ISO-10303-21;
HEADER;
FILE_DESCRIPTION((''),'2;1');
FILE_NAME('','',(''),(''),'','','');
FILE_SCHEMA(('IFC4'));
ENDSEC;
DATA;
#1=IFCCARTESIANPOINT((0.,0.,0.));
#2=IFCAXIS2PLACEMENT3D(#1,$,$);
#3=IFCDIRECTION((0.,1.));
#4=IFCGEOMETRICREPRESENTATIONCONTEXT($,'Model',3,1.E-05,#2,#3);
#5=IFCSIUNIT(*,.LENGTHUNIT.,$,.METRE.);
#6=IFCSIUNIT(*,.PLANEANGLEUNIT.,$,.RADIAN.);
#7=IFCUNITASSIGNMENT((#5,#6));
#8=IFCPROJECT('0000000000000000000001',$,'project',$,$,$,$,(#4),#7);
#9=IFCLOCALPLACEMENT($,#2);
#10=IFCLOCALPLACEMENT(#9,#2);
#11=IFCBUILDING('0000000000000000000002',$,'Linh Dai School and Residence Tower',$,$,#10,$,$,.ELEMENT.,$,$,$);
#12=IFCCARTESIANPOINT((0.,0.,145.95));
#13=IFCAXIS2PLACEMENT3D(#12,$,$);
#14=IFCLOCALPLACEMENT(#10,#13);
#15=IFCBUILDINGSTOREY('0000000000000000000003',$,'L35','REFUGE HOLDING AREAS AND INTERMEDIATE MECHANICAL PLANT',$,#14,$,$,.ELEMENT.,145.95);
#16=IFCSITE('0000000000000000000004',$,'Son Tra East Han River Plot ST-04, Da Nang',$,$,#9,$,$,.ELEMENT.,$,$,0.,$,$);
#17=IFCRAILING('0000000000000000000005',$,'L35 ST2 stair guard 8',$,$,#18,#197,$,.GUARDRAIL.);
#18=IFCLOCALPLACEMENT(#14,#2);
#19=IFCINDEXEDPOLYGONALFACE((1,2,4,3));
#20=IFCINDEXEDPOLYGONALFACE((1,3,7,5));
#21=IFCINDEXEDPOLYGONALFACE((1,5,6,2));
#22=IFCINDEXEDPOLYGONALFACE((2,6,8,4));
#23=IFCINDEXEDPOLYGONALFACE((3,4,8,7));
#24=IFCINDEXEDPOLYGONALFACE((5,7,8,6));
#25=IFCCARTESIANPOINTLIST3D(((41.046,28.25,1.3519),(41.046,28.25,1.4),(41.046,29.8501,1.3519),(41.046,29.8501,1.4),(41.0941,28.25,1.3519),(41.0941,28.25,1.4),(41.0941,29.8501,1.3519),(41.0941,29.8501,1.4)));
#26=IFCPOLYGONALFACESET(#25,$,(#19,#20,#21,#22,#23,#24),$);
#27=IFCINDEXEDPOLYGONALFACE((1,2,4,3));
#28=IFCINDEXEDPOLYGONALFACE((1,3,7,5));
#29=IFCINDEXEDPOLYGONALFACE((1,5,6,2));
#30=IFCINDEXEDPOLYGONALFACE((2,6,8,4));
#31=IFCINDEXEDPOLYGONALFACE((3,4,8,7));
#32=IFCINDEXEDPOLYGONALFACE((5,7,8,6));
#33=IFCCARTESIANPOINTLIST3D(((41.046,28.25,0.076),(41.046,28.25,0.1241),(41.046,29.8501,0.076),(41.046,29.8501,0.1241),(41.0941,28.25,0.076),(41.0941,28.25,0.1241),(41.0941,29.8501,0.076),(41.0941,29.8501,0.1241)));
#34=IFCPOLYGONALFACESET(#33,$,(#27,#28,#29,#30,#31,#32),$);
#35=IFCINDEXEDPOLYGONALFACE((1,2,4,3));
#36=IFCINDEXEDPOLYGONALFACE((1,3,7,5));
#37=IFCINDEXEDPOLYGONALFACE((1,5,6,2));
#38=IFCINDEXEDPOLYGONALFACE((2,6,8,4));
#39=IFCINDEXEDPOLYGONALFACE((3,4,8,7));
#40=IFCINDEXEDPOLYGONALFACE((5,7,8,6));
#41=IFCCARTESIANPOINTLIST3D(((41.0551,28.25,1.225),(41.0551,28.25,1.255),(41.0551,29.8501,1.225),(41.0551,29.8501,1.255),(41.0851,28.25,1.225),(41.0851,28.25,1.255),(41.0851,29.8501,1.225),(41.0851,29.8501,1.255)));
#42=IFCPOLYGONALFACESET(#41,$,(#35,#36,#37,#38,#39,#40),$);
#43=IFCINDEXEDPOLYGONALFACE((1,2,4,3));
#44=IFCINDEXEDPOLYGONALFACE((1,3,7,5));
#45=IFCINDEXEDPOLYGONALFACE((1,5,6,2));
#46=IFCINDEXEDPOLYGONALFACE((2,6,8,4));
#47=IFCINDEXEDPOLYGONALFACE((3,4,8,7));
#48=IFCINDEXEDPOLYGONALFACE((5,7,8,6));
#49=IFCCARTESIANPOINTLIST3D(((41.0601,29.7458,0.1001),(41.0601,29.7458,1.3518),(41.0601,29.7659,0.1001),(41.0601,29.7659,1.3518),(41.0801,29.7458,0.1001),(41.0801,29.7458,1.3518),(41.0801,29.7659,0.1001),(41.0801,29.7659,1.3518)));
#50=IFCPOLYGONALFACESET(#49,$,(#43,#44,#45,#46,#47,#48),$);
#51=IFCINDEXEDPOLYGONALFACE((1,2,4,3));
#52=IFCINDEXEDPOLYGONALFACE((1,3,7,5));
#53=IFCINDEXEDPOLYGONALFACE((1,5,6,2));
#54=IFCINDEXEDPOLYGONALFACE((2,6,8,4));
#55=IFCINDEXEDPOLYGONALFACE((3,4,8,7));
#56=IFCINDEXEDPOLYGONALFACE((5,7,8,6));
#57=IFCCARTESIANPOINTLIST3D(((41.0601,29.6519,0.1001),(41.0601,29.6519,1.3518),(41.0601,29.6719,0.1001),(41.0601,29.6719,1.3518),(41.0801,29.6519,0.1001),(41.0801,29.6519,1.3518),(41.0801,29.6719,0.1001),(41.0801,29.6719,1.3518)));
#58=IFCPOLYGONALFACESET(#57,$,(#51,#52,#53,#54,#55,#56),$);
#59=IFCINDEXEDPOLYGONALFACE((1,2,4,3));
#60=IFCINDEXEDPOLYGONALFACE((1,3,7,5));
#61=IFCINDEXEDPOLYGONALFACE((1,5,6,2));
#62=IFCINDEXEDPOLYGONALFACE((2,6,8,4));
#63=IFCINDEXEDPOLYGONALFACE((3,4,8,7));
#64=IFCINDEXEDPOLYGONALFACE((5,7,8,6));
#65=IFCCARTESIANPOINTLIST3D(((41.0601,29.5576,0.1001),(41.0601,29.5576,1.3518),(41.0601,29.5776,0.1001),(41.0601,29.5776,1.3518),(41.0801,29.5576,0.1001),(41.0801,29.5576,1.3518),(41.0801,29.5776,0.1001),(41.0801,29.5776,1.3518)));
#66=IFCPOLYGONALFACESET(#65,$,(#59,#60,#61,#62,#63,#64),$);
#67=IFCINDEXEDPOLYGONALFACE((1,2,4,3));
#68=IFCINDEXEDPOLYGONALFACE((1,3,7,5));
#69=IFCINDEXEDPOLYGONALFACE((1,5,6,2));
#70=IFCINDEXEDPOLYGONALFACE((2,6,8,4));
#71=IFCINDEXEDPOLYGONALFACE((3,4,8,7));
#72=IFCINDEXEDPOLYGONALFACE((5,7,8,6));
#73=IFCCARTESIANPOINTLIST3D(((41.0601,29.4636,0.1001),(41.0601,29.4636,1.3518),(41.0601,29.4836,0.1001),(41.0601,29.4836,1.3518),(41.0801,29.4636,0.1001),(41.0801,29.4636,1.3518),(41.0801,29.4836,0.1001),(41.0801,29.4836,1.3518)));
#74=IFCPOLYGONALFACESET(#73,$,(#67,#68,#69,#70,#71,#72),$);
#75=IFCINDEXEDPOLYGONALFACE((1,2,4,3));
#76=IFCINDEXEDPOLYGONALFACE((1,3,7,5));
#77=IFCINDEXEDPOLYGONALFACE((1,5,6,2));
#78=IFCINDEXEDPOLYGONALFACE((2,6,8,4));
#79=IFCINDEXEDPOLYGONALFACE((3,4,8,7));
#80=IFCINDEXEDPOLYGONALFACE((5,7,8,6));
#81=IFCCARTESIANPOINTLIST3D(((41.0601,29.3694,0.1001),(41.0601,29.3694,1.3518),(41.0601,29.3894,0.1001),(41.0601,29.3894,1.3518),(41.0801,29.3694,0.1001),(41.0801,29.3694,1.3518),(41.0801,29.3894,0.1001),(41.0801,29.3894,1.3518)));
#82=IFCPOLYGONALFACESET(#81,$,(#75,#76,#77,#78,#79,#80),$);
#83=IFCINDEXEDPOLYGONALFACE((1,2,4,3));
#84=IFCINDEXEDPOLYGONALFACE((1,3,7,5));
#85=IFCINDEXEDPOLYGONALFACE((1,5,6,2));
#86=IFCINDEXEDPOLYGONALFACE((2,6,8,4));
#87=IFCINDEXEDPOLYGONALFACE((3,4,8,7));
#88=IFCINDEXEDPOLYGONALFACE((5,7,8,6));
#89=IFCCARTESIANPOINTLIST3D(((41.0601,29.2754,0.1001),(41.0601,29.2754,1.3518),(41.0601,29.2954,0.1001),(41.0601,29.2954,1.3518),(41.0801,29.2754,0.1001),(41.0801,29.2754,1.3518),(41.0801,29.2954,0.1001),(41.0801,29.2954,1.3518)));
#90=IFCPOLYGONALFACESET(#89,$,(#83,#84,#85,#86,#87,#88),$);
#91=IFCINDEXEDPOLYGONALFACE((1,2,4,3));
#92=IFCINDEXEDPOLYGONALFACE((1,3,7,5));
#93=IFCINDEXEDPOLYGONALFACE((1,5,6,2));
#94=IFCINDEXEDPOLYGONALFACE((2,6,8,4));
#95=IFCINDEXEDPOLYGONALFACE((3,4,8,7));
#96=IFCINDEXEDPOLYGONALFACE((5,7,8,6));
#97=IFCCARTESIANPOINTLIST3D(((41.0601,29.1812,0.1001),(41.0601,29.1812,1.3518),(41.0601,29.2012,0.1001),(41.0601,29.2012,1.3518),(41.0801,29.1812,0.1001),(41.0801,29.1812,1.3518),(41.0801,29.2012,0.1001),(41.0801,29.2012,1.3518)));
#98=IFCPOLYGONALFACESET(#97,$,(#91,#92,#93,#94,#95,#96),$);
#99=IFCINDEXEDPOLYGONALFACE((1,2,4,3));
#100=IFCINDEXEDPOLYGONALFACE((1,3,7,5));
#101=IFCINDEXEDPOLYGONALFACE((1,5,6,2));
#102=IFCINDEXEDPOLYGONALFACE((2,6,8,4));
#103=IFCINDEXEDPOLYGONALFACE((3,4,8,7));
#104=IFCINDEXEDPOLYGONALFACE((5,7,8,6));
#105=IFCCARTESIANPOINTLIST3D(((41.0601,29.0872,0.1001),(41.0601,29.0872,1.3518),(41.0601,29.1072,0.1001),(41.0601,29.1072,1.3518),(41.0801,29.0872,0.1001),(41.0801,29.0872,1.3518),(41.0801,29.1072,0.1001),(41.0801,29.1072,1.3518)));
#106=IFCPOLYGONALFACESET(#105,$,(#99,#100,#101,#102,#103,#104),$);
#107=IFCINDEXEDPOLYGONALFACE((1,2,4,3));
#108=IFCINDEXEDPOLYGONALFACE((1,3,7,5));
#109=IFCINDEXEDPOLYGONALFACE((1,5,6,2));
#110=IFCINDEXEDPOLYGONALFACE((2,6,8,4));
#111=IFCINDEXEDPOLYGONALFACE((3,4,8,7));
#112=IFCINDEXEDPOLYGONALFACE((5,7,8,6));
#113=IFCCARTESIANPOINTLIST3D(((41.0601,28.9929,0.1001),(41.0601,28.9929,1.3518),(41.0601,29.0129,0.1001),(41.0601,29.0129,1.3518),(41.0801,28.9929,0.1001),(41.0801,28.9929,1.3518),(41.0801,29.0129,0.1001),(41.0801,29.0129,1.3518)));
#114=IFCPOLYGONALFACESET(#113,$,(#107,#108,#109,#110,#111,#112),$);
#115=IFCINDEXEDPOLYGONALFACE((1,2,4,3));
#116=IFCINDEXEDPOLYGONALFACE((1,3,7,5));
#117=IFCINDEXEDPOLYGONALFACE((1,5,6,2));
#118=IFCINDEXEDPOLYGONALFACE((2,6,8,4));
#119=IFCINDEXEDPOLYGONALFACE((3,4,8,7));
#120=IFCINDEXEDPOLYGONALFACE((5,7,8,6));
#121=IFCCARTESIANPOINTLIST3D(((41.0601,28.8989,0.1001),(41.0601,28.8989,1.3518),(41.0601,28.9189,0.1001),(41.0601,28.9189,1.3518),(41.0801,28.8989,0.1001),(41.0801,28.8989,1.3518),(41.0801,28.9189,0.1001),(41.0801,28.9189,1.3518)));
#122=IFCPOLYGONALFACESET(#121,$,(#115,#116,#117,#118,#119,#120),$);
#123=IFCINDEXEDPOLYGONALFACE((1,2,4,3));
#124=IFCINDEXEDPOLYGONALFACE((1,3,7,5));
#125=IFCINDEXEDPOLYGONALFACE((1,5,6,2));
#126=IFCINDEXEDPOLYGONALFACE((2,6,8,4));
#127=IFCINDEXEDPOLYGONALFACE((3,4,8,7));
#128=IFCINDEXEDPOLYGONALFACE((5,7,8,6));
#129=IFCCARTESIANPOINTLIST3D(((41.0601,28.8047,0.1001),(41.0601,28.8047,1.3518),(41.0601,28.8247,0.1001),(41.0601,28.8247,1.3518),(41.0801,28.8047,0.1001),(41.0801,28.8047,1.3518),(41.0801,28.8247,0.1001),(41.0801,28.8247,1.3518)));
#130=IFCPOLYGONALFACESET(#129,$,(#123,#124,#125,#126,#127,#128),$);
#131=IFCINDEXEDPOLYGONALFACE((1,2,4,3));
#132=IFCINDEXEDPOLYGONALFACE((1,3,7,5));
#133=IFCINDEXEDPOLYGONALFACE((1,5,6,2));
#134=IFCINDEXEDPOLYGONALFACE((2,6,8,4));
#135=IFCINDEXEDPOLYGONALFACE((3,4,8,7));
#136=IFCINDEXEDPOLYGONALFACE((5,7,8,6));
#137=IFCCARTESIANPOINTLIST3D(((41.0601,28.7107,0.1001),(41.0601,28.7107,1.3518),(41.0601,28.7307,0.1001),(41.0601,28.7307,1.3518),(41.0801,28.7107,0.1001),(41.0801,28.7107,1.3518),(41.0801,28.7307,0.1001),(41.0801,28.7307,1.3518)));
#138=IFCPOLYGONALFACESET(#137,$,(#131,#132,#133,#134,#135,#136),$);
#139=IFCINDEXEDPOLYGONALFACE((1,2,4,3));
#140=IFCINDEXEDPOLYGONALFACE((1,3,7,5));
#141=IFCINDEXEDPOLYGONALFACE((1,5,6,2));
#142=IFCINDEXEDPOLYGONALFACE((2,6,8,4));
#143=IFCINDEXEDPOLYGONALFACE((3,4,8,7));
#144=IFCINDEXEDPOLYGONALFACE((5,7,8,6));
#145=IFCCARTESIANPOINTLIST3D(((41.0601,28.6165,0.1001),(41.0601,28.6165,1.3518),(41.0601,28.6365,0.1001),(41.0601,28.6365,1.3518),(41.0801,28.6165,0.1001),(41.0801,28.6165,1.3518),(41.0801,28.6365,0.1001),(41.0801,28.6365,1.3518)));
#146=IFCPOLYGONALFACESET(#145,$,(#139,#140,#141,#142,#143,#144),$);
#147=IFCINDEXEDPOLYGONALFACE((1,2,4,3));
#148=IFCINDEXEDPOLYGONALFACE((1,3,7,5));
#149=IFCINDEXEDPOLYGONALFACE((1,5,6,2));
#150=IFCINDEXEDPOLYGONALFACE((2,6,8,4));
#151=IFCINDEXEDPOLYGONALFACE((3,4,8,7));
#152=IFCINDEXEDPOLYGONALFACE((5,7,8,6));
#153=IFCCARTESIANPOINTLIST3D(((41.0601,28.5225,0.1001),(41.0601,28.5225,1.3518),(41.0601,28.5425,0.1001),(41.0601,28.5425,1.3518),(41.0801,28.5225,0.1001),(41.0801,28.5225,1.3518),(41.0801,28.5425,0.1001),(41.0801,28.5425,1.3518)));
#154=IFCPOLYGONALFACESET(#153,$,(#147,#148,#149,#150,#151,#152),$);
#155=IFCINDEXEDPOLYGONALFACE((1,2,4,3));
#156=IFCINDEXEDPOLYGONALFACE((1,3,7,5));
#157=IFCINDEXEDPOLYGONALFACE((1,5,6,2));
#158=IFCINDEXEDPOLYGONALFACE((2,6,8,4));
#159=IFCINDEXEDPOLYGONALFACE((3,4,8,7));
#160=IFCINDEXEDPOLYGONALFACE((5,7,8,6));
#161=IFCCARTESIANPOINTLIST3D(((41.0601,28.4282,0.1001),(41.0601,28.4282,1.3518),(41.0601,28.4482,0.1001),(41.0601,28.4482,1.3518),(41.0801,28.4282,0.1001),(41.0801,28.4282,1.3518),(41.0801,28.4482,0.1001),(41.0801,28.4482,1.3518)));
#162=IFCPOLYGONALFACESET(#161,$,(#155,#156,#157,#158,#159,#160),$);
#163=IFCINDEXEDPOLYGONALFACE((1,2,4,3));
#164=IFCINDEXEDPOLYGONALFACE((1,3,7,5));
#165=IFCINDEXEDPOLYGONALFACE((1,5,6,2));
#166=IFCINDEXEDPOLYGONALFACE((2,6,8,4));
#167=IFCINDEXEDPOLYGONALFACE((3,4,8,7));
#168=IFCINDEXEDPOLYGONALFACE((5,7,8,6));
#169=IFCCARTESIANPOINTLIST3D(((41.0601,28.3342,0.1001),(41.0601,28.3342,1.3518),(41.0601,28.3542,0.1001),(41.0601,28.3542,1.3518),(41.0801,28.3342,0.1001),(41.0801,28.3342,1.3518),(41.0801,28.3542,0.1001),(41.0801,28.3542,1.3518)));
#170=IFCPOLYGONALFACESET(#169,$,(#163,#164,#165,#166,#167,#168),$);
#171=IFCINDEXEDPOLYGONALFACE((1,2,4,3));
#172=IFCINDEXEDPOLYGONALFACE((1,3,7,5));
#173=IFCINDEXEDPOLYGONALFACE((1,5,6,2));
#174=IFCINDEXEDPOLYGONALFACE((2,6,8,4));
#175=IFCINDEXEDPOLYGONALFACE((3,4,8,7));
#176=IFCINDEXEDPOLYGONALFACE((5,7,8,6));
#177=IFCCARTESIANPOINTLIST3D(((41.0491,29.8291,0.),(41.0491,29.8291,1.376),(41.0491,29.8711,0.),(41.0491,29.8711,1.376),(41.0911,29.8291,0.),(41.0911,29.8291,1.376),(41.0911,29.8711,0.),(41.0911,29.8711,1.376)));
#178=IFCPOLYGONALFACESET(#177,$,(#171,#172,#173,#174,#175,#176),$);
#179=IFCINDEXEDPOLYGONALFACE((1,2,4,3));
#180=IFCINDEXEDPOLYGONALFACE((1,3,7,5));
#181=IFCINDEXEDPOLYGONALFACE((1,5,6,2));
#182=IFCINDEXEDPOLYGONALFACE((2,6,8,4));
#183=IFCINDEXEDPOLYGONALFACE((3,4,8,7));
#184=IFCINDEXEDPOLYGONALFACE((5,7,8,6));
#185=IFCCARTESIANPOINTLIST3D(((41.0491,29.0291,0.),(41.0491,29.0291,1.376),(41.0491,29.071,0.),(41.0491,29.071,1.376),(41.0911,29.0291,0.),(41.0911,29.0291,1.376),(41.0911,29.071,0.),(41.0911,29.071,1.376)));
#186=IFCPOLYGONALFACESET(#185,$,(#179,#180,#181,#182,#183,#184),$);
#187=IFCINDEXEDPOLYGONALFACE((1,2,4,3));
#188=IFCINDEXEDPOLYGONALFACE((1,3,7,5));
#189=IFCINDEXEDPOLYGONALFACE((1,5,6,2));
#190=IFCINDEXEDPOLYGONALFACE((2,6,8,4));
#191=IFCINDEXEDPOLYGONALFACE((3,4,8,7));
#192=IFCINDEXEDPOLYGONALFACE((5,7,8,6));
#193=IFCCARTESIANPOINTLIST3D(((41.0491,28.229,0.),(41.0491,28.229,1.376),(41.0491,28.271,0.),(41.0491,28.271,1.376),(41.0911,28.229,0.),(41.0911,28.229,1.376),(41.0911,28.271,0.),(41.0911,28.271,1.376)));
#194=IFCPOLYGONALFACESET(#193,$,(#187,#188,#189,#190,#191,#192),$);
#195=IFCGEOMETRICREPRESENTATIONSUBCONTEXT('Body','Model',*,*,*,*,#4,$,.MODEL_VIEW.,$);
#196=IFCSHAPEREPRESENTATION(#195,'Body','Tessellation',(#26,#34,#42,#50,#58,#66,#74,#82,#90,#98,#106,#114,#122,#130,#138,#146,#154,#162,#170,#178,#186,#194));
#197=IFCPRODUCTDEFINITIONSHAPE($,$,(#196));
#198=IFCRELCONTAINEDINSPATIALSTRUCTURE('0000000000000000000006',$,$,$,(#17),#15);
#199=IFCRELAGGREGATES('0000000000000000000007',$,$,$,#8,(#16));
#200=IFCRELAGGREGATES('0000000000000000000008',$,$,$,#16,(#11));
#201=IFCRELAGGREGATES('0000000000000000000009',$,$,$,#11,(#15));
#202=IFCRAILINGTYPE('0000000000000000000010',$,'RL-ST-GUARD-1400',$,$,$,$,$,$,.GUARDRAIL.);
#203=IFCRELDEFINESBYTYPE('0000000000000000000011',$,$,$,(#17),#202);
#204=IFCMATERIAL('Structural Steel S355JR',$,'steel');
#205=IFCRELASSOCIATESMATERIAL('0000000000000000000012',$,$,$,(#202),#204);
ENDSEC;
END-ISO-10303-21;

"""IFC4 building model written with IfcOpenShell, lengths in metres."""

from ifc_helpers import new_model, si_unit, direction, frame, origin, origin_2d, place, context, subcontext, project, spatial, rectangle, extrude, source, transform, mapped, material, type_object, element, save


model = new_model("IFC4")

# Units and contexts
model_context = context("Model", 3, precision=1e-05, world=origin(), true_north=direction((0.0, 1.0)))
body_context = subcontext(model_context, "Body", "Model", "MODEL_VIEW")
ifc_project = project(units=[si_unit("LENGTHUNIT", "METRE"), si_unit("PLANEANGLEUNIT", "RADIAN")], contexts=[model_context])

# Site, building, storey
site_placement = place(None, origin())
site = spatial("IfcSite", under=ifc_project, at=site_placement, Name="Son Tra East Han River Plot ST-04, Da Nang", CompositionType="ELEMENT", RefElevation=0.0)
building_placement = place(site_placement, origin())
building = spatial("IfcBuilding", under=site, at=building_placement, Name="Linh Dai School and Residence Tower", CompositionType="ELEMENT")
storey_placement = place(building_placement, frame((0.0, 0.0, 145.95)))
storey = spatial("IfcBuildingStorey", under=building, at=storey_placement, Name="L35", Description="REFUGE HOLDING AREAS AND INTERMEDIATE MECHANICAL PLANT", CompositionType="ELEMENT", Elevation=145.95)

# Shared definitions
ifc_material_1 = material(Name="Structural Steel S355JR", Category="steel")

# Railing
railing_type_1 = type_object("IfcRailingType", Name="RL-ST-GUARD-1400", PredefinedType="GUARDRAIL", material=ifc_material_1)
shared_shape_1 = source(origin(), body_context, "Body", "SweptSolid", [
    extrude(rectangle(XDim=0.0481, YDim=0.0481, at=origin_2d()), frame((0.0, 0.0, 1.376), z_axis=(0.0, -1.0, 0.0), x_axis=(1.0, 0.0, 0.0)), (0.0, 0.0, 1.0), 1.6001),
    extrude(rectangle(XDim=0.0481, YDim=0.0481, at=origin_2d()), frame((0.0, 0.0, 0.1001), z_axis=(0.0, -1.0, 0.0), x_axis=(1.0, 0.0, 0.0)), (0.0, 0.0, 1.0), 1.6001),
    extrude(rectangle(XDim=0.03, YDim=0.03, at=origin_2d()), frame((0.0, 0.0, 1.24), z_axis=(0.0, -1.0, 0.0), x_axis=(1.0, 0.0, 0.0)), (0.0, 0.0, 1.0), 1.6001),
    extrude(rectangle(XDim=0.02, YDim=0.02, at=origin_2d()), frame((0.0, -0.0942, 0.1001)), (0.0, 0.0, 1.0), 1.2517),
    extrude(rectangle(XDim=0.02, YDim=0.02, at=origin_2d()), frame((0.0, -0.1882, 0.1001)), (0.0, 0.0, 1.0), 1.2517),
    extrude(rectangle(XDim=0.02, YDim=0.02, at=origin_2d()), frame((0.0, -0.2825, 0.1001)), (0.0, 0.0, 1.0), 1.2517),
    extrude(rectangle(XDim=0.02, YDim=0.02, at=origin_2d()), frame((0.0, -0.3765, 0.1001)), (0.0, 0.0, 1.0), 1.2517),
    extrude(rectangle(XDim=0.02, YDim=0.02, at=origin_2d()), frame((0.0, -0.4707, 0.1001)), (0.0, 0.0, 1.0), 1.2517),
    extrude(rectangle(XDim=0.02, YDim=0.02, at=origin_2d()), frame((0.0, -0.5647, 0.1001)), (0.0, 0.0, 1.0), 1.2517),
    extrude(rectangle(XDim=0.02, YDim=0.02, at=origin_2d()), frame((0.0, -0.6589, 0.1001)), (0.0, 0.0, 1.0), 1.2517),
    extrude(rectangle(XDim=0.02, YDim=0.02, at=origin_2d()), frame((0.0, -0.7529, 0.1001)), (0.0, 0.0, 1.0), 1.2517),
    extrude(rectangle(XDim=0.02, YDim=0.02, at=origin_2d()), frame((0.0, -0.8472, 0.1001)), (0.0, 0.0, 1.0), 1.2517),
    extrude(rectangle(XDim=0.02, YDim=0.02, at=origin_2d()), frame((0.0, -0.9412, 0.1001)), (0.0, 0.0, 1.0), 1.2517),
    extrude(rectangle(XDim=0.02, YDim=0.02, at=origin_2d()), frame((0.0, -1.0354, 0.1001)), (0.0, 0.0, 1.0), 1.2517),
    extrude(rectangle(XDim=0.02, YDim=0.02, at=origin_2d()), frame((0.0, -1.1294, 0.1001)), (0.0, 0.0, 1.0), 1.2517),
    extrude(rectangle(XDim=0.02, YDim=0.02, at=origin_2d()), frame((0.0, -1.2236, 0.1001)), (0.0, 0.0, 1.0), 1.2517),
    extrude(rectangle(XDim=0.02, YDim=0.02, at=origin_2d()), frame((0.0, -1.3176, 0.1001)), (0.0, 0.0, 1.0), 1.2517),
    extrude(rectangle(XDim=0.02, YDim=0.02, at=origin_2d()), frame((0.0, -1.4119, 0.1001)), (0.0, 0.0, 1.0), 1.2517),
    extrude(rectangle(XDim=0.02, YDim=0.02, at=origin_2d()), frame((0.0, -1.5059, 0.1001)), (0.0, 0.0, 1.0), 1.2517),
    extrude(rectangle(XDim=0.042, YDim=0.042, at=origin_2d()), origin(), (0.0, 0.0, 1.0), 1.376),
    extrude(rectangle(XDim=0.042, YDim=0.042, at=origin_2d()), frame((0.0, -0.8, 0.0)), (0.0, 0.0, 1.0), 1.376),
    extrude(rectangle(XDim=0.042, YDim=0.042, at=origin_2d()), frame((0.0, -1.6001, 0.0)), (0.0, 0.0, 1.0), 1.376),
])
railing_1_placement = place(storey_placement, frame((41.0701, 29.8501, 0.0)))
element("IfcRailing", 1, at=railing_1_placement, inside=storey, type_object=railing_type_1, Name="L35 ST2 stair guard 8", PredefinedType="GUARDRAIL", context=body_context, shape_type="MappedRepresentation", body=[
    mapped(shared_shape_1, transform((0.0, 0.0, 0.0), x_axis=(1.0, 0.0, 0.0), y_axis=(0.0, 1.0, 0.0), z_axis=(0.0, 0.0, 1.0), scale=1.0)),
])

save(model, "model.ifc")
